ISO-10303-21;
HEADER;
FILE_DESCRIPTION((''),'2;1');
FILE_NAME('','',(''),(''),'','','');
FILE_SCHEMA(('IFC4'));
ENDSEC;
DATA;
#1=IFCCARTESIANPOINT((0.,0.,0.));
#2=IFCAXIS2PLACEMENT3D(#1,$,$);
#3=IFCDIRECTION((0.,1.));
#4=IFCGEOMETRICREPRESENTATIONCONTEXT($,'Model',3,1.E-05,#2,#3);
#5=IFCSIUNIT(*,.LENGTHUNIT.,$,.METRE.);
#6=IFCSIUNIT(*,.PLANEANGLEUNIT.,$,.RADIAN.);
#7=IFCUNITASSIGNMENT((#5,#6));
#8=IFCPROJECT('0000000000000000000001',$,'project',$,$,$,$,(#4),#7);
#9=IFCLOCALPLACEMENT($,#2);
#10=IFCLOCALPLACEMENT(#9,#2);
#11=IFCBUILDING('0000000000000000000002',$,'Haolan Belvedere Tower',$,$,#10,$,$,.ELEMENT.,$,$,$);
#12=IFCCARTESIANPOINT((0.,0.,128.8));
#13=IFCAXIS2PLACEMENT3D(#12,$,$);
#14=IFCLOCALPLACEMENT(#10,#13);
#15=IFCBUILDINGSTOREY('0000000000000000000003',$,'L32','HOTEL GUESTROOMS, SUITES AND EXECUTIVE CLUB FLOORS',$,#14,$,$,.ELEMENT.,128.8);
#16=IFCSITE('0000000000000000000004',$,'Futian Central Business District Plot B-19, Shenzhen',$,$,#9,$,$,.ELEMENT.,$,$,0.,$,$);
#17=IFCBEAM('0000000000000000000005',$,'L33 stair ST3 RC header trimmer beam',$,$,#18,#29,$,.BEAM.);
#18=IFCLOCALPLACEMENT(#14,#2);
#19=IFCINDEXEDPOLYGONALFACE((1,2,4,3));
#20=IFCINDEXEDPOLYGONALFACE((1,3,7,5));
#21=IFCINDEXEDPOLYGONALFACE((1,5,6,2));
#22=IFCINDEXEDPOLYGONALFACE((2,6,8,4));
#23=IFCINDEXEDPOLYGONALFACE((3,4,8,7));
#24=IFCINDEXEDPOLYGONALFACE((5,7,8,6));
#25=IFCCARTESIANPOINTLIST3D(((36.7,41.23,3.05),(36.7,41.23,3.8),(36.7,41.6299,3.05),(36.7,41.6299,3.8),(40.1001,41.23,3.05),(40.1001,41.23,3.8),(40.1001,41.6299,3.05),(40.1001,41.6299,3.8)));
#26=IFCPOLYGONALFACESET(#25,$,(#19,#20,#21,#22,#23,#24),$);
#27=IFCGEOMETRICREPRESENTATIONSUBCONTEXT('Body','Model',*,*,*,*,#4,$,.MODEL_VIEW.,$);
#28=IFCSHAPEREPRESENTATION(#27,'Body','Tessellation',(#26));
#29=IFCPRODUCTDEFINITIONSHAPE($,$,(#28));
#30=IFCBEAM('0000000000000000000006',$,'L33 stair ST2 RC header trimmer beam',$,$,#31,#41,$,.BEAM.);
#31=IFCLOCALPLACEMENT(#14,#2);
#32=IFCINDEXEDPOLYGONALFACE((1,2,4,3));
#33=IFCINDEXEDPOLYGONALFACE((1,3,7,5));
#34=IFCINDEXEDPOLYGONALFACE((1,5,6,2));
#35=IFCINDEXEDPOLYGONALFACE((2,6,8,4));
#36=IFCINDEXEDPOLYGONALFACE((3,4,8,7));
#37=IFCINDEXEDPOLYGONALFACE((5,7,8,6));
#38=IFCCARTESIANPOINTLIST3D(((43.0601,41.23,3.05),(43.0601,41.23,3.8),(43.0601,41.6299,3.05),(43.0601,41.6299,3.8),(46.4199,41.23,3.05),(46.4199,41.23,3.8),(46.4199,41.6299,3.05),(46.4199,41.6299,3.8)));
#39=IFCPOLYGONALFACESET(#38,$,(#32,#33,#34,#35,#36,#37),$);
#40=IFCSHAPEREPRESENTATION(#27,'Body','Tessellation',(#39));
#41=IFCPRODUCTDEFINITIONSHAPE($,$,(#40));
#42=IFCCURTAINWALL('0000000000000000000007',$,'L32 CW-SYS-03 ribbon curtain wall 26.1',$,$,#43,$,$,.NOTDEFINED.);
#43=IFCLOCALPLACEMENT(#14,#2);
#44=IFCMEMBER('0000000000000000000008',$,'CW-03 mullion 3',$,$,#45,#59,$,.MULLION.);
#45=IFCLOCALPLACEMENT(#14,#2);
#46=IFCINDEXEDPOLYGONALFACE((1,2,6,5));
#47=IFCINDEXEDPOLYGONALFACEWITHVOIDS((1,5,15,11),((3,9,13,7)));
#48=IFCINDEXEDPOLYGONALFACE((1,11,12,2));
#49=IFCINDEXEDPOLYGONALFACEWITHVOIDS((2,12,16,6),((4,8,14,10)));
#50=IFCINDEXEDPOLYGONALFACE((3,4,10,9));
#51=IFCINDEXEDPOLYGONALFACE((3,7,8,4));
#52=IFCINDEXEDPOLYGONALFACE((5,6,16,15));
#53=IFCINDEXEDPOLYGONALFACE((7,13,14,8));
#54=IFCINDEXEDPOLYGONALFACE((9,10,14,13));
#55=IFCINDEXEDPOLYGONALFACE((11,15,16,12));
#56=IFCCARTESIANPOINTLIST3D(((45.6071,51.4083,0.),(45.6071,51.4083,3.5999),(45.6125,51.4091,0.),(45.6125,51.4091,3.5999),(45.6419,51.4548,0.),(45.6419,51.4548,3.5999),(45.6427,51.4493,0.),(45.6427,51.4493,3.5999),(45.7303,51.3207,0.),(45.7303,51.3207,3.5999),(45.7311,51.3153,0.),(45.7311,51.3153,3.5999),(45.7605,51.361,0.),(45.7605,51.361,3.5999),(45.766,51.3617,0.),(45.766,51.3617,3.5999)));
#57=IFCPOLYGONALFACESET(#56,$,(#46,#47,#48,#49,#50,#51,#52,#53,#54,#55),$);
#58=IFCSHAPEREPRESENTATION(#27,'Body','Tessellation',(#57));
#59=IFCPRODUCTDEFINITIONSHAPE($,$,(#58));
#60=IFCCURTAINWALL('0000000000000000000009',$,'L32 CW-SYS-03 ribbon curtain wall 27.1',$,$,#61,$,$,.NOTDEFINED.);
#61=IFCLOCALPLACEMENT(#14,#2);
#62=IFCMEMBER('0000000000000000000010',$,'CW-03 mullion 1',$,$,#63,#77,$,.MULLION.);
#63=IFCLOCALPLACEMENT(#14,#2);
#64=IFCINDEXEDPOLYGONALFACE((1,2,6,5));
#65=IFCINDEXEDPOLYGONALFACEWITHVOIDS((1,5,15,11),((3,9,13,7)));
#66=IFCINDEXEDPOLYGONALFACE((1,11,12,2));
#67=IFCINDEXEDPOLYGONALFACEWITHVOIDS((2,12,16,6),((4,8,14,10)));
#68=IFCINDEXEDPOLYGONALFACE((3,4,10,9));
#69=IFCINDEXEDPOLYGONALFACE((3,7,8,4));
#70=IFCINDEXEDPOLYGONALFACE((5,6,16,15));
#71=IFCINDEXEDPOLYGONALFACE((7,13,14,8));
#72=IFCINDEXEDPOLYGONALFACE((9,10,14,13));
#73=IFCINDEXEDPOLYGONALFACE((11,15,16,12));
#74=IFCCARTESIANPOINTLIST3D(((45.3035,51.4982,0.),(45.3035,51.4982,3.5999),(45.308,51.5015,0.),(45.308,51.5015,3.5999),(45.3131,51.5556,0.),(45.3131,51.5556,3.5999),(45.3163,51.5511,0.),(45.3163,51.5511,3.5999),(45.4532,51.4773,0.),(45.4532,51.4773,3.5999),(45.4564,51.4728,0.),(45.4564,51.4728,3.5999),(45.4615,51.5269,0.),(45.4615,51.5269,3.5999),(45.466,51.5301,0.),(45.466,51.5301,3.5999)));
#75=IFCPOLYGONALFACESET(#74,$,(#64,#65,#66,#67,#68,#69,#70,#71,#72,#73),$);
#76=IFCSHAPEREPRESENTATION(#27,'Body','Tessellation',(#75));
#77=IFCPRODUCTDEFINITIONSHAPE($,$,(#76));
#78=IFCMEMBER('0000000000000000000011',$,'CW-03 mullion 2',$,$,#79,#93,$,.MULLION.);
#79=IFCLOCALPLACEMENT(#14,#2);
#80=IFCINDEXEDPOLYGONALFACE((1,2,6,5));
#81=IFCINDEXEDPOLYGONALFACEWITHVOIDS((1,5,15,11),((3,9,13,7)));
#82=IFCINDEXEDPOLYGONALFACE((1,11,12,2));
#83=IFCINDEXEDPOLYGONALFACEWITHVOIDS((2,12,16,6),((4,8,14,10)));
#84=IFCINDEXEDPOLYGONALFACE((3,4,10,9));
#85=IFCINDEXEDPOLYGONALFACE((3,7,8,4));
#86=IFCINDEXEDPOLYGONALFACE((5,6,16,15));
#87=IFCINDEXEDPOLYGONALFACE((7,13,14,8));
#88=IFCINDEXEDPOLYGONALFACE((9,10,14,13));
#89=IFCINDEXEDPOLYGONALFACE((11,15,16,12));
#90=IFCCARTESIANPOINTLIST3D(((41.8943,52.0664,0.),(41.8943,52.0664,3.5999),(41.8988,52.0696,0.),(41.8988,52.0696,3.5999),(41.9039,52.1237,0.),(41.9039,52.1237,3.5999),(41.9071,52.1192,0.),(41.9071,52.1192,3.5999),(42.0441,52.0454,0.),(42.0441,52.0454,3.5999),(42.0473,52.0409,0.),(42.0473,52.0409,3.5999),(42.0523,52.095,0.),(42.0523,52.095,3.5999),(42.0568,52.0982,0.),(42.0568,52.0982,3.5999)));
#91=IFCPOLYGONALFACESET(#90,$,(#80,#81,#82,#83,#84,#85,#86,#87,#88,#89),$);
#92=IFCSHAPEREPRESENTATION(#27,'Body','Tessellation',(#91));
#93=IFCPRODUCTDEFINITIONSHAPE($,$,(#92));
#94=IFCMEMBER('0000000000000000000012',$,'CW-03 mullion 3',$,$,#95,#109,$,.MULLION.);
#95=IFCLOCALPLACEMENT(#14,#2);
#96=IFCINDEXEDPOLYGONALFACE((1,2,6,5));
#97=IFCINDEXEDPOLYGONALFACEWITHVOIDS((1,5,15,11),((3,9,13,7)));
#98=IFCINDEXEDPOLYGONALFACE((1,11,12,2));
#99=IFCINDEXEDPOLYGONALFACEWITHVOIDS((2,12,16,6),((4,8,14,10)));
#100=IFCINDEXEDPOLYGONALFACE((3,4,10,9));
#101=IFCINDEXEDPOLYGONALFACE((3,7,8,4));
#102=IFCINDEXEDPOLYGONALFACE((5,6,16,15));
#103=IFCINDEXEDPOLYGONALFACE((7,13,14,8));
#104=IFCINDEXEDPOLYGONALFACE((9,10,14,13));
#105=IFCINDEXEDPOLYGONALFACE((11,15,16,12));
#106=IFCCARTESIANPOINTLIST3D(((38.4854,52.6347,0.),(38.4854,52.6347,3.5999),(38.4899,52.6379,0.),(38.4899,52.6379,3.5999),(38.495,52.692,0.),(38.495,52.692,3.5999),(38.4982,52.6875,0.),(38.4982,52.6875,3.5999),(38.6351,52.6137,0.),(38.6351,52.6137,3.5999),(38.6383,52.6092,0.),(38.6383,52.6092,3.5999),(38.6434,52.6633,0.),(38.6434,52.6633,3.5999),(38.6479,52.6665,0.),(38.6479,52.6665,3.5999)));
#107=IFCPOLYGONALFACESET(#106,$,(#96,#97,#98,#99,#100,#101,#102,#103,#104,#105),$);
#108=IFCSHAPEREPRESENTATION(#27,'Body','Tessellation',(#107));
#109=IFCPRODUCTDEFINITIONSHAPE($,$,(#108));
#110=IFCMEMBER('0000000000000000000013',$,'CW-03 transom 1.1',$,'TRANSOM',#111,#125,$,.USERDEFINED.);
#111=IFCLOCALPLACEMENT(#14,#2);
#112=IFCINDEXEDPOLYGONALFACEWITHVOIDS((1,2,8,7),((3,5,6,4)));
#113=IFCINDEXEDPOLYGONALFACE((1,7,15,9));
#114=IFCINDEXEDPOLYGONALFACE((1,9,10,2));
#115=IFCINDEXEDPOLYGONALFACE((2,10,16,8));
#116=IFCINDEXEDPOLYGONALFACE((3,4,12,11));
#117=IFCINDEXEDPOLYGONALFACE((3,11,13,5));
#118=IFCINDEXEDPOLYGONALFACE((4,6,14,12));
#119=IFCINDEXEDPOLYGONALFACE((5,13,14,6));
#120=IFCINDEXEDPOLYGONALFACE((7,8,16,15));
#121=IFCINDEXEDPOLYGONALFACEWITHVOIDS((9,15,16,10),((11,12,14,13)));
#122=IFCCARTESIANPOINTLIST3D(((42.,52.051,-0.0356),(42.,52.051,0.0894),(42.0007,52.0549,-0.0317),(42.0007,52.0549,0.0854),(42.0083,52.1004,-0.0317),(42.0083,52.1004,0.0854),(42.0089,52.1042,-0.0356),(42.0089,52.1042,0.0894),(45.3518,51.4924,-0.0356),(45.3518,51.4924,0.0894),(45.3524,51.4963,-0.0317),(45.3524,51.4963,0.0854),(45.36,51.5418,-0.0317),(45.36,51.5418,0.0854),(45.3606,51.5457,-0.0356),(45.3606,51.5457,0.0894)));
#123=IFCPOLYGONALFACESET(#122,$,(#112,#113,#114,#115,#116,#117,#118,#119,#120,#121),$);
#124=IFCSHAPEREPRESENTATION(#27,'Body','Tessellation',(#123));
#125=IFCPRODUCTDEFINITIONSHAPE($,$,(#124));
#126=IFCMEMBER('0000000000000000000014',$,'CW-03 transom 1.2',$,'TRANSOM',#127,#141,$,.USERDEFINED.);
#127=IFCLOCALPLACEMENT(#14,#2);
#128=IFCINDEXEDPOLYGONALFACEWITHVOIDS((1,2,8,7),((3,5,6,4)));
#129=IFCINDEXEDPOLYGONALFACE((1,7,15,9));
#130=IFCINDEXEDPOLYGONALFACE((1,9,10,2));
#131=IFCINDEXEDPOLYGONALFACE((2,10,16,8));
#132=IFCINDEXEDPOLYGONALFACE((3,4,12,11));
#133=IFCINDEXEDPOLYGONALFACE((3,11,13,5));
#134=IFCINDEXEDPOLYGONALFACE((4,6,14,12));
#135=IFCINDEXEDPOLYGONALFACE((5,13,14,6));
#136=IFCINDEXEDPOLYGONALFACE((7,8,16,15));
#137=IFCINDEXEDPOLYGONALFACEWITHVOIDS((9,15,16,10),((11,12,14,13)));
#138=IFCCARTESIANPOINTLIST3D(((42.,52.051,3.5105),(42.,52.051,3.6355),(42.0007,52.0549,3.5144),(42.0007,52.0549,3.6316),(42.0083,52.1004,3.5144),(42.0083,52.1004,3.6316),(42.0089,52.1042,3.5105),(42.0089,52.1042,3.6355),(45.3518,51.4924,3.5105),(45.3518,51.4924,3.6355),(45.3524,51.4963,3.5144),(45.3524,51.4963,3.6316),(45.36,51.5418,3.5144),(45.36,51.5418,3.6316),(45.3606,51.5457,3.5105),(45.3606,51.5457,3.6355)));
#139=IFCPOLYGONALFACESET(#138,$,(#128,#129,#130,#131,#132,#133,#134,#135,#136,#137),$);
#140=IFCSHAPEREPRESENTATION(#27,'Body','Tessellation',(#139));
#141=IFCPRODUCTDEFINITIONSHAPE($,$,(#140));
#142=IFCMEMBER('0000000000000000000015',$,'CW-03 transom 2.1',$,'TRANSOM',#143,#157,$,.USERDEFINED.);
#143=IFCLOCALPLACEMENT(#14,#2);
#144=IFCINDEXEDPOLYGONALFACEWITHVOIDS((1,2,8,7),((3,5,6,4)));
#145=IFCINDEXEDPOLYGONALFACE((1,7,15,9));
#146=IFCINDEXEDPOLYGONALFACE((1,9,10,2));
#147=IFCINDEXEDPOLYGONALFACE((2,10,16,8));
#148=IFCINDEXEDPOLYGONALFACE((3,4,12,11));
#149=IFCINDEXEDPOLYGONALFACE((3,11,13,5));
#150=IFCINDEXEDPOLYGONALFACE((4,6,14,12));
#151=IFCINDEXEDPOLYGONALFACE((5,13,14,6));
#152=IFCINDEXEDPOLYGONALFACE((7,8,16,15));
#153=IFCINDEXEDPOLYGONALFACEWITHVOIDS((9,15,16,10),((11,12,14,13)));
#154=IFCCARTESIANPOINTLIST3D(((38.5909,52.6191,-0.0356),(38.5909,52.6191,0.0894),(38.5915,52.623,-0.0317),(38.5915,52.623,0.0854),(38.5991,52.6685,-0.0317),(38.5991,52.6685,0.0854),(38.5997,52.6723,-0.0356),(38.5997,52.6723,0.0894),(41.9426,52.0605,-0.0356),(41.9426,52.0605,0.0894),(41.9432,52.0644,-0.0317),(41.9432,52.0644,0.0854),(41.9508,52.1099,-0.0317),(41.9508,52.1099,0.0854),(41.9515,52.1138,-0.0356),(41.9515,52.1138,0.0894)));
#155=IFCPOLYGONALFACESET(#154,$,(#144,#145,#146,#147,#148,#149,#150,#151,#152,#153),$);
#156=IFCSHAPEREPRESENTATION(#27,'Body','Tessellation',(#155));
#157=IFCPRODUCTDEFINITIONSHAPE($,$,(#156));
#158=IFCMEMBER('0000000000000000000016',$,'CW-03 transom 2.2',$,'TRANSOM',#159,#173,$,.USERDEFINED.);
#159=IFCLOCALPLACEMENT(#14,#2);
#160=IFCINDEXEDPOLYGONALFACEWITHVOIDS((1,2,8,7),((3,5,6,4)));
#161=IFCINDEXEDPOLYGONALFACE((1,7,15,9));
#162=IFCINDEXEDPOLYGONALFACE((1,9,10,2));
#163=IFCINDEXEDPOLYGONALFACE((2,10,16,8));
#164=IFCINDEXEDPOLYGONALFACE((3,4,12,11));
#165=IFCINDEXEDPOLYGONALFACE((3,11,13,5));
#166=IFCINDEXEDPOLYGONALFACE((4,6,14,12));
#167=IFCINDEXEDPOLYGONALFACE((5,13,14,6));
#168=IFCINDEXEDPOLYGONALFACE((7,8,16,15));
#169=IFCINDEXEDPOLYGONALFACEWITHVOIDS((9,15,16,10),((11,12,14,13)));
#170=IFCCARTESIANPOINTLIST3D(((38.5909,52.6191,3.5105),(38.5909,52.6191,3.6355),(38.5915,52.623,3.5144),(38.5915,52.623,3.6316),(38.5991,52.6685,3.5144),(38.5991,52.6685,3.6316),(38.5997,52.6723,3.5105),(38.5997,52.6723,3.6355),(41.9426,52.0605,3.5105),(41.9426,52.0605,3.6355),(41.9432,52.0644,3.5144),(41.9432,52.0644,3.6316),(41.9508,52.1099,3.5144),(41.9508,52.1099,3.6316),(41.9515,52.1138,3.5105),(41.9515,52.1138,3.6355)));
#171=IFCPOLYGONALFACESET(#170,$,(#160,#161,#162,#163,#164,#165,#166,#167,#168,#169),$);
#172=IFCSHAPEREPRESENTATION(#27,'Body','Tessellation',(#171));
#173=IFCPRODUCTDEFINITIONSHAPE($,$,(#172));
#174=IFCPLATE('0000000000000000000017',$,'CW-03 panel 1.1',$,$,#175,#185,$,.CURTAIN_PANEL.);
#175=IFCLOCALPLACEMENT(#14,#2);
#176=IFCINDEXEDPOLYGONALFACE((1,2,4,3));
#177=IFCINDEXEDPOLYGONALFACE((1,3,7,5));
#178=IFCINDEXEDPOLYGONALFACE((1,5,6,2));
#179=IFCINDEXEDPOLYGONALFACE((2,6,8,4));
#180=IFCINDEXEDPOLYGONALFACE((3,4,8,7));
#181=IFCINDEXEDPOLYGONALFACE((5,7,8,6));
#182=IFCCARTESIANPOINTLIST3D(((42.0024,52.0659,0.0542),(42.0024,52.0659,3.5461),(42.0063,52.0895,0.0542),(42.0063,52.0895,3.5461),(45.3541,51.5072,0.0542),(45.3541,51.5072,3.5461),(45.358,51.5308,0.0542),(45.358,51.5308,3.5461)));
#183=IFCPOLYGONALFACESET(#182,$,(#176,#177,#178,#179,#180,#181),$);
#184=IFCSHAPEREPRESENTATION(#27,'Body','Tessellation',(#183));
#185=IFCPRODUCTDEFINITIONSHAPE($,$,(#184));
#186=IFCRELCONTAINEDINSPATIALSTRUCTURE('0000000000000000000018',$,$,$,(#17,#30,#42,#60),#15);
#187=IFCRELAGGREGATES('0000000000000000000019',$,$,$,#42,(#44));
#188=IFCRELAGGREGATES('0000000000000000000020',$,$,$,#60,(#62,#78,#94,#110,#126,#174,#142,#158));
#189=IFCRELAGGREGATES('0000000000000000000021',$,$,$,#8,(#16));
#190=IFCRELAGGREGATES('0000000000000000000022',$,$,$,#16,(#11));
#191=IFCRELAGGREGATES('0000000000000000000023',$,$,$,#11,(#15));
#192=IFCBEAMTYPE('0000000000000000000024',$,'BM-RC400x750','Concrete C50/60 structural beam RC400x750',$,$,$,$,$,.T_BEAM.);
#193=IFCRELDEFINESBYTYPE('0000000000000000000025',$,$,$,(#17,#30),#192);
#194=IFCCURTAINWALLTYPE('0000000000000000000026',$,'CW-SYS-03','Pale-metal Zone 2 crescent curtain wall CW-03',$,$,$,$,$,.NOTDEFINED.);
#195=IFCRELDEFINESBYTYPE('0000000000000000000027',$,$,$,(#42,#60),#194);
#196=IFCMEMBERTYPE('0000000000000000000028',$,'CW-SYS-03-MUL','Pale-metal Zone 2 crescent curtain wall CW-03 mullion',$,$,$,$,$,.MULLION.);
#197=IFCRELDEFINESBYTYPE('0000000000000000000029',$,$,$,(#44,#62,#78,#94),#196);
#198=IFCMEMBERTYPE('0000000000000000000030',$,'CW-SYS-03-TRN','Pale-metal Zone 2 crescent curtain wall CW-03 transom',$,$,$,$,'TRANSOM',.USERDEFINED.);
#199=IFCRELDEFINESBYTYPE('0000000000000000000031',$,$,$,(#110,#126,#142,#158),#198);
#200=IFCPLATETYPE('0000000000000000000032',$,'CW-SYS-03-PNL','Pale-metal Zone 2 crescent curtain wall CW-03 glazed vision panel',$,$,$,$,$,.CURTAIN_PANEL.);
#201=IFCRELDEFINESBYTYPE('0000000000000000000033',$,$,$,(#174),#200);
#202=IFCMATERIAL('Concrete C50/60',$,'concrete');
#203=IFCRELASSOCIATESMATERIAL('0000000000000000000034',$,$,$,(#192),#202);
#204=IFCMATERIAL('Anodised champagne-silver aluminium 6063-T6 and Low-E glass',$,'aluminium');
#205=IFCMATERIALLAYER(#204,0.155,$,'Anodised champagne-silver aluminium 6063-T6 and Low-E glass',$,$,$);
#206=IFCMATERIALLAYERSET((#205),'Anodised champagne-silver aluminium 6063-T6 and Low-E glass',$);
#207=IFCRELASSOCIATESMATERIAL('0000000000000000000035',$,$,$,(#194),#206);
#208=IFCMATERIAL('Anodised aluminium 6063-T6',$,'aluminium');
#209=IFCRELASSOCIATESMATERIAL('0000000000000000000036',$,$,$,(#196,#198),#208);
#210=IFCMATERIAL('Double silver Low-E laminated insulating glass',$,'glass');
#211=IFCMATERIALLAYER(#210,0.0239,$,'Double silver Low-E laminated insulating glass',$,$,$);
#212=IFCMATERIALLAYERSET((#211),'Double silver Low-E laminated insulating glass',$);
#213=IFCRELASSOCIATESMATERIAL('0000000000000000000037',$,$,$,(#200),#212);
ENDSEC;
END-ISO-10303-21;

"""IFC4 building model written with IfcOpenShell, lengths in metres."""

from ifc_helpers import new_model, si_unit, direction, frame, origin, origin_2d, place, context, subcontext, project, spatial, rectangle, hollow_rectangle, extrude, material, layer, layer_set, material_profile, profile_set, type_object, element, aggregate, save


model = new_model("IFC4")

# Units and contexts
model_context = context("Model", 3, precision=1e-05, world=origin(), true_north=direction((0.0, 1.0)))
body_context = subcontext(model_context, "Body", "Model", "MODEL_VIEW")
ifc_project = project(units=[si_unit("LENGTHUNIT", "METRE"), si_unit("PLANEANGLEUNIT", "RADIAN")], contexts=[model_context])

# Site, building, storey
site_placement = place(None, origin())
site = spatial("IfcSite", under=ifc_project, at=site_placement, Name="Futian Central Business District Plot B-19, Shenzhen", CompositionType="ELEMENT", RefElevation=0.0)
building_placement = place(site_placement, origin())
building = spatial("IfcBuilding", under=site, at=building_placement, Name="Haolan Belvedere Tower", CompositionType="ELEMENT")
storey_placement = place(building_placement, frame((0.0, 0.0, 128.8)))
storey = spatial("IfcBuildingStorey", under=building, at=storey_placement, Name="L32", Description="HOTEL GUESTROOMS, SUITES AND EXECUTIVE CLUB FLOORS", CompositionType="ELEMENT", Elevation=128.8)

# Beams
ifc_material_1 = material(Name="Concrete C50/60", Category="concrete")
ifc_material_profile_1 = material_profile(ifc_material_1, rectangle(XDim=0.3999, YDim=0.75, at=origin_2d()), Name="Concrete C50/60")
ifc_profile_set_1 = profile_set([ifc_material_profile_1], Name="Concrete C50/60")
beam_type_1 = type_object("IfcBeamType", Name="BM-RC400x750", Description="Concrete C50/60 structural beam RC400x750", PredefinedType="T_BEAM", material=ifc_profile_set_1)
beam_1_placement = place(storey_placement, frame((36.7, 41.4299, 3.425), z_axis=(1.0, 0.0, 0.0), x_axis=(0.0, 1.0, 0.0)))
element("IfcBeam", 1, at=beam_1_placement, inside=storey, type_object=beam_type_1, Name="L33 stair ST3 RC header trimmer beam", PredefinedType="BEAM", context=body_context, shape_type="SweptSolid", body=[
    extrude(rectangle(XDim=0.3999, YDim=0.75, at=origin_2d()), origin(), (0.0, 0.0, 1.0), 3.4001),
])
beam_2_placement = place(storey_placement, frame((43.0601, 41.4299, 3.425), z_axis=(1.0, 0.0, 0.0), x_axis=(0.0, 1.0, 0.0)))
element("IfcBeam", 2, at=beam_2_placement, inside=storey, type_object=beam_type_1, Name="L33 stair ST2 RC header trimmer beam", PredefinedType="BEAM", context=body_context, shape_type="SweptSolid", body=[
    extrude(rectangle(XDim=0.3999, YDim=0.75, at=origin_2d()), origin(), (0.0, 0.0, 1.0), 3.3599),
])

# Curtain wall, member
ifc_material_2 = material(Name="Anodised champagne-silver aluminium 6063-T6 and Low-E glass", Category="aluminium")
ifc_layer_1 = layer(ifc_material_2, 0.155, Name="Anodised champagne-silver aluminium 6063-T6 and Low-E glass")
ifc_layer_set_1 = layer_set([ifc_layer_1], Name="Anodised champagne-silver aluminium 6063-T6 and Low-E glass")
curtain_wall_type = type_object("IfcCurtainWallType", Name="CW-SYS-03", Description="Pale-metal Zone 2 crescent curtain wall CW-03", PredefinedType="NOTDEFINED", material=ifc_layer_set_1)
curtain_wall_1_placement = place(storey_placement, origin())
curtain_wall_1 = element("IfcCurtainWall", 3, at=curtain_wall_1_placement, inside=storey, type_object=curtain_wall_type, Name="L32 CW-SYS-03 ribbon curtain wall 26.1", PredefinedType="NOTDEFINED")
ifc_material_3 = material(Name="Anodised aluminium 6063-T6", Category="aluminium")
ifc_material_profile_2 = material_profile(ifc_material_3, hollow_rectangle(XDim=0.0581, YDim=0.155, WallThickness=0.0039, at=origin_2d()), Name="Anodised aluminium 6063-T6")
ifc_profile_set_2 = profile_set([ifc_material_profile_2], Name="Anodised aluminium 6063-T6")
member_type_1 = type_object("IfcMemberType", Name="CW-SYS-03-MUL", Description="Pale-metal Zone 2 crescent curtain wall CW-03 mullion", PredefinedType="MULLION", material=ifc_profile_set_2)
member_1_placement = place(storey_placement, frame((45.6865, 51.385, 0.0), z_axis=(0.0, 0.0, 1.0), x_axis=(-0.599994, -0.800004, 0.0)))
member_1 = element("IfcMember", 4, at=member_1_placement, type_object=member_type_1, Name="CW-03 mullion 3", PredefinedType="MULLION", context=body_context, shape_type="SweptSolid", body=[
    extrude(hollow_rectangle(XDim=0.0581, YDim=0.155, WallThickness=0.0039, at=origin_2d()), origin(), (0.0, 0.0, 1.0), 3.5999),
])
aggregate(curtain_wall_1, [member_1])

# Curtain wall, members, plate
curtain_wall_2_placement = place(storey_placement, origin())
curtain_wall_2 = element("IfcCurtainWall", 5, at=curtain_wall_2_placement, inside=storey, type_object=curtain_wall_type, Name="L32 CW-SYS-03 ribbon curtain wall 27.1", PredefinedType="NOTDEFINED")
member_2_placement = place(storey_placement, frame((45.3848, 51.5142, 0.0), z_axis=(0.0, 0.0, 1.0), x_axis=(-0.164404, -0.986393, 0.0)))
member_2 = element("IfcMember", 6, at=member_2_placement, type_object=member_type_1, Name="CW-03 mullion 1", PredefinedType="MULLION", context=body_context, shape_type="SweptSolid", body=[
    extrude(hollow_rectangle(XDim=0.0581, YDim=0.155, WallThickness=0.0039, at=origin_2d()), origin(), (0.0, 0.0, 1.0), 3.5999),
])
member_3_placement = place(storey_placement, frame((41.9756, 52.0823, 0.0), z_axis=(0.0, 0.0, 1.0), x_axis=(-0.164404, -0.986393, 0.0)))
member_3 = element("IfcMember", 7, at=member_3_placement, type_object=member_type_1, Name="CW-03 mullion 2", PredefinedType="MULLION", context=body_context, shape_type="SweptSolid", body=[
    extrude(hollow_rectangle(XDim=0.0581, YDim=0.155, WallThickness=0.0039, at=origin_2d()), origin(), (0.0, 0.0, 1.0), 3.5999),
])
member_4_placement = place(storey_placement, frame((38.5667, 52.6506, 0.0), z_axis=(0.0, 0.0, 1.0), x_axis=(-0.164404, -0.986393, 0.0)))
member_4 = element("IfcMember", 8, at=member_4_placement, type_object=member_type_1, Name="CW-03 mullion 3", PredefinedType="MULLION", context=body_context, shape_type="SweptSolid", body=[
    extrude(hollow_rectangle(XDim=0.0581, YDim=0.155, WallThickness=0.0039, at=origin_2d()), origin(), (0.0, 0.0, 1.0), 3.5999),
])
ifc_material_profile_3 = material_profile(ifc_material_3, hollow_rectangle(XDim=0.054, YDim=0.125, WallThickness=0.0039, at=origin_2d()), Name="Anodised aluminium 6063-T6")
ifc_profile_set_3 = profile_set([ifc_material_profile_3], Name="Anodised aluminium 6063-T6")
member_type_2 = type_object("IfcMemberType", Name="CW-SYS-03-TRN", Description="Pale-metal Zone 2 crescent curtain wall CW-03 transom", ElementType="TRANSOM", PredefinedType="USERDEFINED", material=ifc_profile_set_3)
member_5_placement = place(storey_placement, frame((45.3562, 51.519, 0.0269), z_axis=(-0.986396, 0.164387, 0.0), x_axis=(-0.164387, -0.986396, 0.0)))
member_5 = element("IfcMember", 9, at=member_5_placement, type_object=member_type_2, Name="CW-03 transom 1.1", ObjectType="TRANSOM", PredefinedType="USERDEFINED", context=body_context, shape_type="SweptSolid", body=[
    extrude(hollow_rectangle(XDim=0.054, YDim=0.125, WallThickness=0.0039, at=origin_2d()), origin(), (0.0, 0.0, 1.0), 3.3979),
])
member_6_placement = place(storey_placement, frame((45.3562, 51.519, 3.573), z_axis=(-0.986396, 0.164387, 0.0), x_axis=(-0.164387, -0.986396, 0.0)))
member_6 = element("IfcMember", 10, at=member_6_placement, type_object=member_type_2, Name="CW-03 transom 1.2", ObjectType="TRANSOM", PredefinedType="USERDEFINED", context=body_context, shape_type="SweptSolid", body=[
    extrude(hollow_rectangle(XDim=0.054, YDim=0.125, WallThickness=0.0039, at=origin_2d()), origin(), (0.0, 0.0, 1.0), 3.3979),
])
member_7_placement = place(storey_placement, frame((41.947, 52.0872, 0.0269), z_axis=(-0.986396, 0.164387, 0.0), x_axis=(-0.164387, -0.986396, 0.0)))
member_7 = element("IfcMember", 11, at=member_7_placement, type_object=member_type_2, Name="CW-03 transom 2.1", ObjectType="TRANSOM", PredefinedType="USERDEFINED", context=body_context, shape_type="SweptSolid", body=[
    extrude(hollow_rectangle(XDim=0.054, YDim=0.125, WallThickness=0.0039, at=origin_2d()), origin(), (0.0, 0.0, 1.0), 3.3979),
])
member_8_placement = place(storey_placement, frame((41.947, 52.0872, 3.573), z_axis=(-0.986396, 0.164387, 0.0), x_axis=(-0.164387, -0.986396, 0.0)))
member_8 = element("IfcMember", 12, at=member_8_placement, type_object=member_type_2, Name="CW-03 transom 2.2", ObjectType="TRANSOM", PredefinedType="USERDEFINED", context=body_context, shape_type="SweptSolid", body=[
    extrude(hollow_rectangle(XDim=0.054, YDim=0.125, WallThickness=0.0039, at=origin_2d()), origin(), (0.0, 0.0, 1.0), 3.3979),
])
ifc_material_4 = material(Name="Double silver Low-E laminated insulating glass", Category="glass")
ifc_layer_2 = layer(ifc_material_4, 0.0239, Name="Double silver Low-E laminated insulating glass")
ifc_layer_set_2 = layer_set([ifc_layer_2], Name="Double silver Low-E laminated insulating glass")
plate_type = type_object("IfcPlateType", Name="CW-SYS-03-PNL", Description="Pale-metal Zone 2 crescent curtain wall CW-03 glazed vision panel", PredefinedType="CURTAIN_PANEL", material=ifc_layer_set_2)
plate_1_placement = place(storey_placement, frame((43.6802, 51.7983, 0.0542), z_axis=(0.0, 0.0, 1.0), x_axis=(-0.986393, 0.164404, 0.0)))
plate_1 = element("IfcPlate", 13, at=plate_1_placement, type_object=plate_type, Name="CW-03 panel 1.1", PredefinedType="CURTAIN_PANEL", context=body_context, shape_type="SweptSolid", body=[
    extrude(rectangle(XDim=3.3979, YDim=0.0239, at=origin_2d()), origin(), (0.0, 0.0, 1.0), 3.4919),
])
aggregate(curtain_wall_2, [member_2, member_3, member_4, member_5, member_6, plate_1, member_7, member_8])

save(model, "model.ifc")
